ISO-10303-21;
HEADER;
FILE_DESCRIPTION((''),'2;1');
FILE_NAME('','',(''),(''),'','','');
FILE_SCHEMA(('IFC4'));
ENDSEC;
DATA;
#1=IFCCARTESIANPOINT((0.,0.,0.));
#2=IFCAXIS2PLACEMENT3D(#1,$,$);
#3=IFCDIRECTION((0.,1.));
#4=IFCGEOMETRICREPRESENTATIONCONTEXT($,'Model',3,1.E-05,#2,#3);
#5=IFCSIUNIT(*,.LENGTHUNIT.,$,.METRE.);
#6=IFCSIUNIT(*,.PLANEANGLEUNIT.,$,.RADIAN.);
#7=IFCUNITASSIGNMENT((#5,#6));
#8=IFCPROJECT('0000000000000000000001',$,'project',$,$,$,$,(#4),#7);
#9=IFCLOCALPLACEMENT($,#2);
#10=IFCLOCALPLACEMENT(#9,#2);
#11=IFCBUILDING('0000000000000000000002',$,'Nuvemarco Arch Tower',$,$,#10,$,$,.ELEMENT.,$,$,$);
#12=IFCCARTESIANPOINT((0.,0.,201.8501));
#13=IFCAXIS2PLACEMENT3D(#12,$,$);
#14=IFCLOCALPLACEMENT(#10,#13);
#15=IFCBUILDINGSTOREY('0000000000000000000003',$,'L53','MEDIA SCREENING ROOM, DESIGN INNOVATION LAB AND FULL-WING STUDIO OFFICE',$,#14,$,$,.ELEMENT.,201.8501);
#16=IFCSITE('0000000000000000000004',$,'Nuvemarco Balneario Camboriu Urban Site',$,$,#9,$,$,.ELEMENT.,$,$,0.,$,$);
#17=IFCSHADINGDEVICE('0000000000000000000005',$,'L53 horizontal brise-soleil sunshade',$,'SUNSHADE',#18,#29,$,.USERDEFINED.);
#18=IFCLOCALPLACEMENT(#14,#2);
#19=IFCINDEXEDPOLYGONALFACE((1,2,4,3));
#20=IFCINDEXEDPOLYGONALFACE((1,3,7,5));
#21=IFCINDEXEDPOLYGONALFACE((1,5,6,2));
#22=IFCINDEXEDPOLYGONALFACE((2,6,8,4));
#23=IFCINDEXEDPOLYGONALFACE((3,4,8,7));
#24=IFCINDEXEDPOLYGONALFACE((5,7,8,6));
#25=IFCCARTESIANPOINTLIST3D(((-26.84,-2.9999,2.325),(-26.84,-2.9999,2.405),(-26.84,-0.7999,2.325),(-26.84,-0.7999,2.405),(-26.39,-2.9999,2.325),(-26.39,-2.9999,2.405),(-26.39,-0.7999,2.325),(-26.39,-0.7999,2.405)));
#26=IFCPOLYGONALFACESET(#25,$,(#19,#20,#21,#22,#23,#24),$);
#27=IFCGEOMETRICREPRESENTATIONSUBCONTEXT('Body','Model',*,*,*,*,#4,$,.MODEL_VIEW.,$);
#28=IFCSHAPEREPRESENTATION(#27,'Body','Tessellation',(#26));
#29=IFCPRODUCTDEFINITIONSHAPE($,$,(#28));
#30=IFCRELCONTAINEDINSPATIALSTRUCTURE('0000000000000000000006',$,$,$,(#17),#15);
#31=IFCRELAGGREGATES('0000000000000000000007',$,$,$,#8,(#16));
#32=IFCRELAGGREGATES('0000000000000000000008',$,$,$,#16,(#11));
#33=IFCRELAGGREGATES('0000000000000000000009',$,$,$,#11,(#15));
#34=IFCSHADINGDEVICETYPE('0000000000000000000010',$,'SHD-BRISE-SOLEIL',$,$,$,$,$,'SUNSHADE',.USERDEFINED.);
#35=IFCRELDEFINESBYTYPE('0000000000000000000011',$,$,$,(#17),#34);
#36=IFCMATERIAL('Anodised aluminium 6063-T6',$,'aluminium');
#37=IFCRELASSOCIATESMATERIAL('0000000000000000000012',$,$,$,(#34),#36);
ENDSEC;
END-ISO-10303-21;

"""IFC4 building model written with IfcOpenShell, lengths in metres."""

from ifc_helpers import new_model, si_unit, direction, frame, origin, origin_2d, place, context, subcontext, project, spatial, rectangle, extrude, source, transform, mapped, material, type_object, type_shapes, element, save


model = new_model("IFC4")

# Units and contexts
model_context = context("Model", 3, precision=1e-05, world=origin(), true_north=direction((0.0, 1.0)))
body_context = subcontext(model_context, "Body", "Model", "MODEL_VIEW")
ifc_project = project(units=[si_unit("LENGTHUNIT", "METRE"), si_unit("PLANEANGLEUNIT", "RADIAN")], contexts=[model_context])

# Site, building, storey
site_placement = place(None, origin())
site = spatial("IfcSite", under=ifc_project, at=site_placement, Name="Nuvemarco Balneario Camboriu Urban Site", CompositionType="ELEMENT", RefElevation=0.0)
building_placement = place(site_placement, origin())
building = spatial("IfcBuilding", under=site, at=building_placement, Name="Nuvemarco Arch Tower", CompositionType="ELEMENT")
storey_placement = place(building_placement, frame((0.0, 0.0, 201.8501)))
storey = spatial("IfcBuildingStorey", under=building, at=storey_placement, Name="L53", Description="MEDIA SCREENING ROOM, DESIGN INNOVATION LAB AND FULL-WING STUDIO OFFICE", CompositionType="ELEMENT", Elevation=201.8501)

# Shading device
ifc_material_1 = material(Name="Anodised aluminium 6063-T6", Category="aluminium")
shading_device_type = type_object("IfcShadingDeviceType", Name="SHD-BRISE-SOLEIL", ElementType="SUNSHADE", PredefinedType="USERDEFINED", material=ifc_material_1)
shared_shape = source(origin(), body_context, "Body", "SweptSolid", [
    extrude(rectangle(XDim=2.2, YDim=0.45, at=origin_2d()), origin(), (0.0, 0.0, 1.0), 0.0801),
])
type_shapes(shading_device_type, [shared_shape])
for number, where, z_axis, x_axis, name in (
    (1, (-26.615, -1.8999, 2.325), (0.0, 0.0, 1.0), (0.0, 1.0, 0.0), "L53 horizontal brise-soleil sunshade"),
):
    element("IfcShadingDevice", number, at=place(storey_placement, frame(where, z_axis=z_axis, x_axis=x_axis)), inside=storey, type_object=shading_device_type, Name=name, ObjectType="SUNSHADE", PredefinedType="USERDEFINED", context=body_context, shape_type="MappedRepresentation", body=[
        mapped(shared_shape, transform((0.0, 0.0, 0.0), scale=1.0)),
    ])

save(model, "model.ifc")
